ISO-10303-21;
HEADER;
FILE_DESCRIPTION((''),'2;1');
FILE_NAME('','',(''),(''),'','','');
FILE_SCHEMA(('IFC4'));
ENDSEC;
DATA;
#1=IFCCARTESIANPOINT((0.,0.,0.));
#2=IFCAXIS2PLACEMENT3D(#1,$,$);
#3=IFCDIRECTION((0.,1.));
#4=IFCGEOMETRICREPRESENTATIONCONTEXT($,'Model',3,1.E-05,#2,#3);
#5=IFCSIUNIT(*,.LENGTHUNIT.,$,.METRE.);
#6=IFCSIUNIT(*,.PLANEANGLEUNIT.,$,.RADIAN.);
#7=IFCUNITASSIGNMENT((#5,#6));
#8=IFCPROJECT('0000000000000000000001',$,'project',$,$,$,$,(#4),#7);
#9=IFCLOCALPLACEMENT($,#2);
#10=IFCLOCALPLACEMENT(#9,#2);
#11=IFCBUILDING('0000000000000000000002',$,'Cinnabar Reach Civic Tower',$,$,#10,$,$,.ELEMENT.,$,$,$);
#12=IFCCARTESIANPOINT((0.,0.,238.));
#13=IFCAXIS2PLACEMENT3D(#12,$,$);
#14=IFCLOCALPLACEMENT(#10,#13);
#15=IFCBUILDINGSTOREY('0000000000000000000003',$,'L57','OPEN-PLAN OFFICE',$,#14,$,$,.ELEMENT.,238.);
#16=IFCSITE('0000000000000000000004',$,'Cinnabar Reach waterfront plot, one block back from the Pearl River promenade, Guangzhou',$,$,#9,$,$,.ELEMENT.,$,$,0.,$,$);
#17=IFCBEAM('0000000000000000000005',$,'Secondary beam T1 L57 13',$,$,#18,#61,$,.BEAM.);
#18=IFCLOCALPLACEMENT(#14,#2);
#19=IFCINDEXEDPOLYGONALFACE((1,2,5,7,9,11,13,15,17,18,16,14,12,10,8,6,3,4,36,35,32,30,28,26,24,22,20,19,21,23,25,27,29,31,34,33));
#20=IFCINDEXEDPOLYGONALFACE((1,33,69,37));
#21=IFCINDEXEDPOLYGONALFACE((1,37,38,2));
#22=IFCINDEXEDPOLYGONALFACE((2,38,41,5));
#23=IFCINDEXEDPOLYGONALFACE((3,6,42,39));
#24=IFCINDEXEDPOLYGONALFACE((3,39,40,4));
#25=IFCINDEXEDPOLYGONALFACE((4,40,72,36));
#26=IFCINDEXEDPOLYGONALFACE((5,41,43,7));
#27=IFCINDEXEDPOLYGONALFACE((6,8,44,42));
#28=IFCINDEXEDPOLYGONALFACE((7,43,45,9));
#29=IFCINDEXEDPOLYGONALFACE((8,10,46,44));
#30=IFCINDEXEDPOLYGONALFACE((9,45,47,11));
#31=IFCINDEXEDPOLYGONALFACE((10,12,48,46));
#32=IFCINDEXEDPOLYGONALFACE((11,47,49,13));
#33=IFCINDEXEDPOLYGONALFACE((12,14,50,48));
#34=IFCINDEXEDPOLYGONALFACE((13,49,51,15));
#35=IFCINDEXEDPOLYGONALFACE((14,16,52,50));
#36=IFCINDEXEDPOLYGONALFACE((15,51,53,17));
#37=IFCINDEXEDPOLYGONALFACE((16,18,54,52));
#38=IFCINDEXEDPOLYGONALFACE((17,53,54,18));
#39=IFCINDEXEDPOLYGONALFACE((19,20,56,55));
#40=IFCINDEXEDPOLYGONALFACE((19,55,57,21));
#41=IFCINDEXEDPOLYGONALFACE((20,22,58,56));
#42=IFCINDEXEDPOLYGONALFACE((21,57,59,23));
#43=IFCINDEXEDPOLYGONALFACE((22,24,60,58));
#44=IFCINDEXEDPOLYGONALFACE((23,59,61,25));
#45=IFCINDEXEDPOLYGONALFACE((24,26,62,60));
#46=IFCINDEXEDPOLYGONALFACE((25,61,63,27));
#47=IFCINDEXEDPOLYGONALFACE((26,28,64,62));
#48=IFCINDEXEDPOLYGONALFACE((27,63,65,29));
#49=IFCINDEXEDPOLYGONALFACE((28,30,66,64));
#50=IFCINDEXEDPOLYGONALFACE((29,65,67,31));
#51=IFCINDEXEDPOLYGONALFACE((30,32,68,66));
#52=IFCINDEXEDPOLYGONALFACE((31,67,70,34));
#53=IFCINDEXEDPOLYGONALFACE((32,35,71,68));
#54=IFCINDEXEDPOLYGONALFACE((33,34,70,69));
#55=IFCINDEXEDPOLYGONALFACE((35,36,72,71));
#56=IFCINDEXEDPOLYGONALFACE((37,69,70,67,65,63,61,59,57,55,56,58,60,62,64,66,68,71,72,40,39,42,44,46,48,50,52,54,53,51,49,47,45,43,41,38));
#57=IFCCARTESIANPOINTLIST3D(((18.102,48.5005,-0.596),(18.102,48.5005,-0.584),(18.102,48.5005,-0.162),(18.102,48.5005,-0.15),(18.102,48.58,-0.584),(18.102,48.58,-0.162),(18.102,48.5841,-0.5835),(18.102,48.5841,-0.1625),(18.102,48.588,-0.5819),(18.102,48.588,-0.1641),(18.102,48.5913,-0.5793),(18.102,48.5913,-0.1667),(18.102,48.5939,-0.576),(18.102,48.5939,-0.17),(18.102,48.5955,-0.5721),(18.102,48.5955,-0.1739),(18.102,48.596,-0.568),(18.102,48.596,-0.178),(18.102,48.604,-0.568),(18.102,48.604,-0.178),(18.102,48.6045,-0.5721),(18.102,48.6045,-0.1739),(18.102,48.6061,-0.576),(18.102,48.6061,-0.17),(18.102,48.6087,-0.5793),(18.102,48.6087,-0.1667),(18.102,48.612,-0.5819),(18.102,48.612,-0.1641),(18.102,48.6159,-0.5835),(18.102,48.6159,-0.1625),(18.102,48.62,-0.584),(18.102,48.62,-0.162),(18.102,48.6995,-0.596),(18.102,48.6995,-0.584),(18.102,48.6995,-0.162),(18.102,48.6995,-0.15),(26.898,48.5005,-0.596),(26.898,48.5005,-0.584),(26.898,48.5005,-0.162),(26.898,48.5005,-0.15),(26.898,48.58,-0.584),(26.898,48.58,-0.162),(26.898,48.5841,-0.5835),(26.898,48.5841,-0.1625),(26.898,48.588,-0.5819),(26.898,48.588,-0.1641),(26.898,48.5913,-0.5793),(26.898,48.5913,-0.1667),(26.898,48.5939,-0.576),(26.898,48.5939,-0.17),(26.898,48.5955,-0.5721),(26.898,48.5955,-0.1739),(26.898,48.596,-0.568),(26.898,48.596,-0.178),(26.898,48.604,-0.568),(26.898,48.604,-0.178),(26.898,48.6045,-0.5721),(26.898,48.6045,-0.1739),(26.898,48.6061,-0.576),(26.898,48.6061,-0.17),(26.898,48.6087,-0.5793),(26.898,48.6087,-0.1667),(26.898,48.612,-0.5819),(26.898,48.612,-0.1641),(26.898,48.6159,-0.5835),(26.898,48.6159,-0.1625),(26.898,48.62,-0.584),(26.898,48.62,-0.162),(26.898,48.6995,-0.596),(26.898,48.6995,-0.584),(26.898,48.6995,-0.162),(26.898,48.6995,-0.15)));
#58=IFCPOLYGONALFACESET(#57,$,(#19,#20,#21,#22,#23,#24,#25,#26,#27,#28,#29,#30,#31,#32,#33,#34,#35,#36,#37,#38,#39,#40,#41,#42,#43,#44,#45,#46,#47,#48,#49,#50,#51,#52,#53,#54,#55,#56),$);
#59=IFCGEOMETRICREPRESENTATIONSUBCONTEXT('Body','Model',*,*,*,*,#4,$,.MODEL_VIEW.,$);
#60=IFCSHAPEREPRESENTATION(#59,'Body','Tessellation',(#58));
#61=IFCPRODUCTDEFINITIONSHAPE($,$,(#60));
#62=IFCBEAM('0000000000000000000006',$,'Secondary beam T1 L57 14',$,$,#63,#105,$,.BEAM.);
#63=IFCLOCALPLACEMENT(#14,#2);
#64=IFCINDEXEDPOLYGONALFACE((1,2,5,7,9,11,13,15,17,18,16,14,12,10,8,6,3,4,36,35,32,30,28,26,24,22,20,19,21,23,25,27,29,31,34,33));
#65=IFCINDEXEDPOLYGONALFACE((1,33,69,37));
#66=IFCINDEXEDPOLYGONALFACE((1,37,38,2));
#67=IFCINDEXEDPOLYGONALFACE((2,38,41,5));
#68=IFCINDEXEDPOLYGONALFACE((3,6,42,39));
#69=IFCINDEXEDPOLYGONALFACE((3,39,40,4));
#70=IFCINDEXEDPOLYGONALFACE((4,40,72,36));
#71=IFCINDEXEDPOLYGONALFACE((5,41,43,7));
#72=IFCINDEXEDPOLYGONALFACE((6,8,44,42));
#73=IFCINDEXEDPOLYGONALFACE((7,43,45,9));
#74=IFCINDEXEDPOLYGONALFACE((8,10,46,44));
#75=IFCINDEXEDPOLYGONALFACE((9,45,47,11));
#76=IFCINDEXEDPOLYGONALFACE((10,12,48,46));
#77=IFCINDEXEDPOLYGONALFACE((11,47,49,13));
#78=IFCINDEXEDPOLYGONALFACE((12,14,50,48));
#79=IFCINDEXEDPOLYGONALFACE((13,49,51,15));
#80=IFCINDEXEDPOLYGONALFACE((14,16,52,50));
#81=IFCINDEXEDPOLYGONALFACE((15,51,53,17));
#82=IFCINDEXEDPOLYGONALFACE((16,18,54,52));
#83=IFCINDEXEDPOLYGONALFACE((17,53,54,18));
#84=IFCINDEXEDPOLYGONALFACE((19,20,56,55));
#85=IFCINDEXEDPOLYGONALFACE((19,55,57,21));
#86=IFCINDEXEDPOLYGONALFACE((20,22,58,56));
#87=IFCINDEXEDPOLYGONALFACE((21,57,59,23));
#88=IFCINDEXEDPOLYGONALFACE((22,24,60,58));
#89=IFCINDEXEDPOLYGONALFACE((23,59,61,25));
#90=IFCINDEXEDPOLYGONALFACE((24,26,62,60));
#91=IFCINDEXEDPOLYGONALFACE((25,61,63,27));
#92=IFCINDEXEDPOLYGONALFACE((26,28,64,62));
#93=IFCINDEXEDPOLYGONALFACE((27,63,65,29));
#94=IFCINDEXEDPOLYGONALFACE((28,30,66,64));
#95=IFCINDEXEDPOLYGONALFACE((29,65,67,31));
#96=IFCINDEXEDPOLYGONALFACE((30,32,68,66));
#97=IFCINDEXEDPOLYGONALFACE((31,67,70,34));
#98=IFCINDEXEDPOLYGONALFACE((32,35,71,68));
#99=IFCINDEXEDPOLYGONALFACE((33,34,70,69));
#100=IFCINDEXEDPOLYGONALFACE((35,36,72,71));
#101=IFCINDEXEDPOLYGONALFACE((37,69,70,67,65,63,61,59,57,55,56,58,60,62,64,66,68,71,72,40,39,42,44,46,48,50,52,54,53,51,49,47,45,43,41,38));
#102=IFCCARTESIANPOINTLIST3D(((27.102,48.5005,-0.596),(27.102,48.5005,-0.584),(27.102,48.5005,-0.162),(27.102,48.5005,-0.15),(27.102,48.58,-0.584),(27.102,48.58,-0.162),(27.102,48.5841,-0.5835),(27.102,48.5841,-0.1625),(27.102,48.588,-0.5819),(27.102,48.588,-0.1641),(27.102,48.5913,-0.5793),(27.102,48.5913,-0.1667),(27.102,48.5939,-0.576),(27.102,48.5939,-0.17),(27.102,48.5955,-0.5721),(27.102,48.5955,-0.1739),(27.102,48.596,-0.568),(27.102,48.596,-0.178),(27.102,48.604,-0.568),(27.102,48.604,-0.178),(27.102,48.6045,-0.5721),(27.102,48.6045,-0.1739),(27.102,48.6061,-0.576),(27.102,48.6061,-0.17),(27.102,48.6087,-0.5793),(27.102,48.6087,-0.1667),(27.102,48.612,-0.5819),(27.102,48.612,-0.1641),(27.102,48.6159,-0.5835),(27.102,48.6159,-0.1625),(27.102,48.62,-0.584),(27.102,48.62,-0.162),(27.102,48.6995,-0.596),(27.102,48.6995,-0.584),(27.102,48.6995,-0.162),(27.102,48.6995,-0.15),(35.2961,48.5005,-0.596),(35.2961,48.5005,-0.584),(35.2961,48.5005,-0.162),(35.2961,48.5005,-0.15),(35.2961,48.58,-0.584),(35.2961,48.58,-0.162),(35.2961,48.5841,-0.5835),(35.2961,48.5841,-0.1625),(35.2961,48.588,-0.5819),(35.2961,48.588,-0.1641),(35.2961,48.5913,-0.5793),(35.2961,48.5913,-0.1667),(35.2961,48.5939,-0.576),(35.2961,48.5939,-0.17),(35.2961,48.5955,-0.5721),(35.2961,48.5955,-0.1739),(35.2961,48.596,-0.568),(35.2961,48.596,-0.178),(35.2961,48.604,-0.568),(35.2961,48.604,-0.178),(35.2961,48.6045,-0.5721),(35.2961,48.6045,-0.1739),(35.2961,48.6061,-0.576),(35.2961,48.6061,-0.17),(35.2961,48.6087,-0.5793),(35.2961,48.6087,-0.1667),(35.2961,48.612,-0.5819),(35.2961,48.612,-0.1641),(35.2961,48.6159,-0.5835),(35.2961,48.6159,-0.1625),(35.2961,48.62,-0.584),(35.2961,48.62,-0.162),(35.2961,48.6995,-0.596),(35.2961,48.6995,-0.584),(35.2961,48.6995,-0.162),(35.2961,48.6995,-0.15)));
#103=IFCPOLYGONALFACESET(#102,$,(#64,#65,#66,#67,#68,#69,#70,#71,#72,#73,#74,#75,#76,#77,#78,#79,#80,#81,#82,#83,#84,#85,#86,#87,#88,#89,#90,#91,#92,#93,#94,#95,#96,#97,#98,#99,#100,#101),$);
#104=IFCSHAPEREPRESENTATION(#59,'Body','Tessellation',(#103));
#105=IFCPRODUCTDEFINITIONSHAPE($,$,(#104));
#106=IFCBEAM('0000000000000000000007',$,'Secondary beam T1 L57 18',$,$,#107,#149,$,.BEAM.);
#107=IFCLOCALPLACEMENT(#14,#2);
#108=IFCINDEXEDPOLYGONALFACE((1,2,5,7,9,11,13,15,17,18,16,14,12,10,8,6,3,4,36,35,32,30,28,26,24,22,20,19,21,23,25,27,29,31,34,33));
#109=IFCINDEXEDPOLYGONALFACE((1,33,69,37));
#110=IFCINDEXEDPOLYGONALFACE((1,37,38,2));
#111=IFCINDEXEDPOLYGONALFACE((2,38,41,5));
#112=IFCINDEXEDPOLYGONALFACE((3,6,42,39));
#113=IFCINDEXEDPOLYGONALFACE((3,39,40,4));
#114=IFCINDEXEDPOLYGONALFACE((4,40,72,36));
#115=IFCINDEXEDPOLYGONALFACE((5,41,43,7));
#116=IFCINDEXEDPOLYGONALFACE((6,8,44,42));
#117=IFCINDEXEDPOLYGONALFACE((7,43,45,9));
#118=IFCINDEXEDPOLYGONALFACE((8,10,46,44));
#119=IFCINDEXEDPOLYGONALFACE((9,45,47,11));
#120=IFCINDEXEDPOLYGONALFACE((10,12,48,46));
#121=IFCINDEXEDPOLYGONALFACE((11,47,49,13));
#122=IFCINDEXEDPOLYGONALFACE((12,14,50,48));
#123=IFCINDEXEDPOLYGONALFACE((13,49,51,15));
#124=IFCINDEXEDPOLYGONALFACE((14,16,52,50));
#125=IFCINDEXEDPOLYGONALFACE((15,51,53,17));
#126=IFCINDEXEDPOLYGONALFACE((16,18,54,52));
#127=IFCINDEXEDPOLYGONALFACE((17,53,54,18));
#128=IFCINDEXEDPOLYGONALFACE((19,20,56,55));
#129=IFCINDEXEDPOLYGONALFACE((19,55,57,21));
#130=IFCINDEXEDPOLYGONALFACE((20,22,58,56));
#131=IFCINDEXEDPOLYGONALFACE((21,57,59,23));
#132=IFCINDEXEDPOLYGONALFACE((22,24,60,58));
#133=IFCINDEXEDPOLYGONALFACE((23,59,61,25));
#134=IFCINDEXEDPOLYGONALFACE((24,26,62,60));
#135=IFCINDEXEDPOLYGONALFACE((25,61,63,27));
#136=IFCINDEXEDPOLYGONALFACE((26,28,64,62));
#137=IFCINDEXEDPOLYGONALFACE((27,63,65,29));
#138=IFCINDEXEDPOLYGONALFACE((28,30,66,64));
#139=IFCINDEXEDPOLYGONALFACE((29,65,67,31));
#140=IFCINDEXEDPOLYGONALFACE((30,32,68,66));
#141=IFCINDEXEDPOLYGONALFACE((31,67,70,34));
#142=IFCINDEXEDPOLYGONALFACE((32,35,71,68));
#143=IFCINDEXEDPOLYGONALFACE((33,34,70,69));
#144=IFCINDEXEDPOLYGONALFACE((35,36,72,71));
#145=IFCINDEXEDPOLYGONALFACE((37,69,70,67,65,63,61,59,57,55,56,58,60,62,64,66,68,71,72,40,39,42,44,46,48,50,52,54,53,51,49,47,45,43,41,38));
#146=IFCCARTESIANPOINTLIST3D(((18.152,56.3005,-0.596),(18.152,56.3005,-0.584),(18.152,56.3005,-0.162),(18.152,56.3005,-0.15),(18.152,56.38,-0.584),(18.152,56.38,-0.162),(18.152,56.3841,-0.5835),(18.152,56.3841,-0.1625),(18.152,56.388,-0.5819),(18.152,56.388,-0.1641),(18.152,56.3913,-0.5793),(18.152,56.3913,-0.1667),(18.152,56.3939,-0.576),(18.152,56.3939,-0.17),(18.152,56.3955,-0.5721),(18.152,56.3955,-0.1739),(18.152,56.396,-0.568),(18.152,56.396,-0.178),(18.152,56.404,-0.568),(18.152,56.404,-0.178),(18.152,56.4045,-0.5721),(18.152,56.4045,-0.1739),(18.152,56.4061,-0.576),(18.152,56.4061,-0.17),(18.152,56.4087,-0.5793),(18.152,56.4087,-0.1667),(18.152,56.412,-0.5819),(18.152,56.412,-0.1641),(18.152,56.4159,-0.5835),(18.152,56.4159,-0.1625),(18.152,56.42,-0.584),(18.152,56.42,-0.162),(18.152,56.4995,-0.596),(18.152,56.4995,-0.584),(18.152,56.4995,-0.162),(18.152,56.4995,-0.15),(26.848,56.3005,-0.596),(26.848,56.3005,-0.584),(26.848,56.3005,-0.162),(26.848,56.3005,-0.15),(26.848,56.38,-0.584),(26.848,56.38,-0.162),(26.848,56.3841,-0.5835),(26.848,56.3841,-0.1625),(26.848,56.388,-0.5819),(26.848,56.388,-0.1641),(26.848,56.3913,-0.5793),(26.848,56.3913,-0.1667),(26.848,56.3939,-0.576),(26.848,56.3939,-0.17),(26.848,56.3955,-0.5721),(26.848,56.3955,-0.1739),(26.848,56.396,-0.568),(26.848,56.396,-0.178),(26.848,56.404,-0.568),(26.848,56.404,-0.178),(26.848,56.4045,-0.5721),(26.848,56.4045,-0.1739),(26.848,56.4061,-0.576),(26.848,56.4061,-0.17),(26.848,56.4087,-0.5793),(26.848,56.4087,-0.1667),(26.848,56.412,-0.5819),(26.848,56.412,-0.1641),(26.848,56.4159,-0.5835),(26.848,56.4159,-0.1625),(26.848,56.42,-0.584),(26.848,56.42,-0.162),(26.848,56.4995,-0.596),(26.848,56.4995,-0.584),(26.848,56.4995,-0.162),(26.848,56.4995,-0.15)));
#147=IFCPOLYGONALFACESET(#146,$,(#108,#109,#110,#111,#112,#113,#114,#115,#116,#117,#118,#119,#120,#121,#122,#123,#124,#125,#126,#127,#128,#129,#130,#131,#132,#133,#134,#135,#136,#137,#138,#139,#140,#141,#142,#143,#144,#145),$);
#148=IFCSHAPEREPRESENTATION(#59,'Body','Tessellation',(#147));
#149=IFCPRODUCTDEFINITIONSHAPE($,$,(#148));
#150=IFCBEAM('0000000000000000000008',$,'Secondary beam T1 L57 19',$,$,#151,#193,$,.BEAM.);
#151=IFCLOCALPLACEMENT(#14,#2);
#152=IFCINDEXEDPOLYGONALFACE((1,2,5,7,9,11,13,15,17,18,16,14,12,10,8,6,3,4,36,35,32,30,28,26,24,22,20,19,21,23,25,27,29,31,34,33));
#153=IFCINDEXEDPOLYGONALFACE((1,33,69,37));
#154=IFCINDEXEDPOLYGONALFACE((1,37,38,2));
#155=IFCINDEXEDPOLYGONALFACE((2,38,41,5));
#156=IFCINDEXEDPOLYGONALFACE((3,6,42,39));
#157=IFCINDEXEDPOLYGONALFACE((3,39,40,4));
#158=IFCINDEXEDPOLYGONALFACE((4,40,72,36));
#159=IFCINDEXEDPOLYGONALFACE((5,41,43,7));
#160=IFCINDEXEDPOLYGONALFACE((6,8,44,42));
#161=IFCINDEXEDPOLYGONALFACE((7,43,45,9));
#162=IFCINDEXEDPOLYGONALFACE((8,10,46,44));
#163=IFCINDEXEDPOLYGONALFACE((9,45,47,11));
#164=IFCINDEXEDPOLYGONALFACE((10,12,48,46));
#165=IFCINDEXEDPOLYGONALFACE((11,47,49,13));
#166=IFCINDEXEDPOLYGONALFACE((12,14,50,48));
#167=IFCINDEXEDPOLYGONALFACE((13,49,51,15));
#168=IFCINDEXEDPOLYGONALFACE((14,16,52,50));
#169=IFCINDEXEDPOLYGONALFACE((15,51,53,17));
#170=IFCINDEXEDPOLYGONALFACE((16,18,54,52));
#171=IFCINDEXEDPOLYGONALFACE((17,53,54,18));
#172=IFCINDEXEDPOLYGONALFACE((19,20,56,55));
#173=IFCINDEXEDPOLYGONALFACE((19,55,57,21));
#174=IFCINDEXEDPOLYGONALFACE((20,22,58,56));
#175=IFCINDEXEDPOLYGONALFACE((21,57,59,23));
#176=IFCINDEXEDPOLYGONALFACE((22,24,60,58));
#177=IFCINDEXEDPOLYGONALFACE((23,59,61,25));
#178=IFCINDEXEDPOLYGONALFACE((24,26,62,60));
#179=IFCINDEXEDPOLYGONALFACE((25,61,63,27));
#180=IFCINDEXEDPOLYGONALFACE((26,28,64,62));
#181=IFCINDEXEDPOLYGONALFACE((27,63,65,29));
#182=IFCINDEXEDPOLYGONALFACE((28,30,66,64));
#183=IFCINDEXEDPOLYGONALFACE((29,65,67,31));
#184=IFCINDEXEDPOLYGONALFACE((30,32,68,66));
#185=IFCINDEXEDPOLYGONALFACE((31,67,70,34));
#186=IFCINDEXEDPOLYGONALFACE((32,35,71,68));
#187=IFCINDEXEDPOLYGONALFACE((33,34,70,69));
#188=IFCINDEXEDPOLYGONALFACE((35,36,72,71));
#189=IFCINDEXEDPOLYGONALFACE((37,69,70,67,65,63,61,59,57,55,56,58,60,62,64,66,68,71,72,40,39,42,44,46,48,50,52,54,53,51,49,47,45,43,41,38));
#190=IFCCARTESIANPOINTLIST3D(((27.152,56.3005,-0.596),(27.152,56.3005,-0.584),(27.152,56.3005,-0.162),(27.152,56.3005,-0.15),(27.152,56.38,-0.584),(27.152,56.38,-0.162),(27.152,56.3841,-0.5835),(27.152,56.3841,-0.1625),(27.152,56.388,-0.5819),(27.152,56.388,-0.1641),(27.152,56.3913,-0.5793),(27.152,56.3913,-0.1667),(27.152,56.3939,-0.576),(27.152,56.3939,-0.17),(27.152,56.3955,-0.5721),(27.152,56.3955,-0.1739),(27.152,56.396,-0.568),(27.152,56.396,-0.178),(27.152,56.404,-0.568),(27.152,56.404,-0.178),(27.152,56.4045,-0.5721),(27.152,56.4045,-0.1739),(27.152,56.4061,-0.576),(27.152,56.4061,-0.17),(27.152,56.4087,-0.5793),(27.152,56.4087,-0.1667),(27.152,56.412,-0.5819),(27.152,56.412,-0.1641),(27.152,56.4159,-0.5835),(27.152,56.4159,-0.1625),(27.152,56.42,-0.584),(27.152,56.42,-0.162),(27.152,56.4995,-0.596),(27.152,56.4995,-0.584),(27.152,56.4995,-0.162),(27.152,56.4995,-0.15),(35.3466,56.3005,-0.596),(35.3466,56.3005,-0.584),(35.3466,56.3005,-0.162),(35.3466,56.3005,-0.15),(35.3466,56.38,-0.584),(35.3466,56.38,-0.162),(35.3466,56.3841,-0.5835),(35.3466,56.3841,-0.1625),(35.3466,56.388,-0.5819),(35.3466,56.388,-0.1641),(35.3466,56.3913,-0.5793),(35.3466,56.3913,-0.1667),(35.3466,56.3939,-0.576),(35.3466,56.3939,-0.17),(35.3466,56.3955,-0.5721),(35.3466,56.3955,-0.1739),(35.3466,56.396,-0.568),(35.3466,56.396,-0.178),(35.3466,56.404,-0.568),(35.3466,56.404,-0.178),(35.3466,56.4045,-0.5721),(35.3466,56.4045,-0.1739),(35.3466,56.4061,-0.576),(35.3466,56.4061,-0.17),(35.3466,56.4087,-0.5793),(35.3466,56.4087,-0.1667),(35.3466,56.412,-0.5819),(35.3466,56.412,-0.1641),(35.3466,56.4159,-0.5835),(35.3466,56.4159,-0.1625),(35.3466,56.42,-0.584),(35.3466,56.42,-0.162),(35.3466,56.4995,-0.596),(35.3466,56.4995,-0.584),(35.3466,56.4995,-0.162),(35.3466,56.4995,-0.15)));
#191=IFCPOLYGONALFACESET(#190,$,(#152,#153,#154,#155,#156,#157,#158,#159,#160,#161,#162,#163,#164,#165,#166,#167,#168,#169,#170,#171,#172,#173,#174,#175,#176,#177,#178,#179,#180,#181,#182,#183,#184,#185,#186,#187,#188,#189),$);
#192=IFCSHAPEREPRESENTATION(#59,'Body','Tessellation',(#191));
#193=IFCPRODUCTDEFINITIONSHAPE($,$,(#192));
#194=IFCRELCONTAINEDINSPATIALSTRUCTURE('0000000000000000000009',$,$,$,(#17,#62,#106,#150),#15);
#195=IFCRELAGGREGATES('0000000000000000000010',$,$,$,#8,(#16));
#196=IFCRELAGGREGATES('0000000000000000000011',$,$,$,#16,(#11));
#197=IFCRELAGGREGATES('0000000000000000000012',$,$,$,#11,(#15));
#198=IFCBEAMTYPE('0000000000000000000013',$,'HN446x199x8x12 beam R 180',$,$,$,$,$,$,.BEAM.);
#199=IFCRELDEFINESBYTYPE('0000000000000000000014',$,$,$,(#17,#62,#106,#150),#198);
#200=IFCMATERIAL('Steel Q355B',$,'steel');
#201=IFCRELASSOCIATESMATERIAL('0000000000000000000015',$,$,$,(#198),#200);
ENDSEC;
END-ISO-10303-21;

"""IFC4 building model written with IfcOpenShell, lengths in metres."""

from ifc_helpers import new_model, si_unit, direction, frame, origin, origin_2d, place, context, subcontext, project, spatial, i_section, extrude, material, material_profile, profile_set, type_object, element, save


model = new_model("IFC4")

# Units and contexts
model_context = context("Model", 3, precision=1e-05, world=origin(), true_north=direction((0.0, 1.0)))
body_context = subcontext(model_context, "Body", "Model", "MODEL_VIEW")
ifc_project = project(units=[si_unit("LENGTHUNIT", "METRE"), si_unit("PLANEANGLEUNIT", "RADIAN")], contexts=[model_context])

# Site, building, storey
site_placement = place(None, origin())
site = spatial("IfcSite", under=ifc_project, at=site_placement, Name="Cinnabar Reach waterfront plot, one block back from the Pearl River promenade, Guangzhou", CompositionType="ELEMENT", RefElevation=0.0)
building_placement = place(site_placement, origin())
building = spatial("IfcBuilding", under=site, at=building_placement, Name="Cinnabar Reach Civic Tower", CompositionType="ELEMENT")
storey_placement = place(building_placement, frame((0.0, 0.0, 238.0)))
storey = spatial("IfcBuildingStorey", under=building, at=storey_placement, Name="L57", Description="OPEN-PLAN OFFICE", CompositionType="ELEMENT", Elevation=238.0)

# Beams
ifc_material_1 = material(Name="Steel Q355B", Category="steel")
ifc_material_profile_1 = material_profile(ifc_material_1, i_section(OverallWidth=0.199, OverallDepth=0.446, WebThickness=0.008, FlangeThickness=0.012, FilletRadius=0.016, at=origin_2d()), Name="HN446x199x8x12")
ifc_profile_set_1 = profile_set([ifc_material_profile_1], Name="Steel Q355B")
beam_type_1 = type_object("IfcBeamType", Name="HN446x199x8x12 beam R 180", PredefinedType="BEAM", material=ifc_profile_set_1)
beam_1_placement = place(storey_placement, frame((18.102, 48.6, -0.373), z_axis=(1.0, 0.0, 0.0), x_axis=(0.0, 1.0, 0.0)))
element("IfcBeam", 1, at=beam_1_placement, inside=storey, type_object=beam_type_1, Name="Secondary beam T1 L57 13", PredefinedType="BEAM", context=body_context, shape_type="SweptSolid", body=[
    extrude(i_section(OverallWidth=0.199, OverallDepth=0.446, WebThickness=0.008, FlangeThickness=0.012, FilletRadius=0.016, at=origin_2d()), origin(), (0.0, 0.0, 1.0), 8.796),
])
beam_2_placement = place(storey_placement, frame((27.102, 48.6, -0.373), z_axis=(1.0, 0.0, 0.0), x_axis=(0.0, 1.0, 0.0)))
element("IfcBeam", 2, at=beam_2_placement, inside=storey, type_object=beam_type_1, Name="Secondary beam T1 L57 14", PredefinedType="BEAM", context=body_context, shape_type="SweptSolid", body=[
    extrude(i_section(OverallWidth=0.199, OverallDepth=0.446, WebThickness=0.008, FlangeThickness=0.012, FilletRadius=0.016, at=origin_2d()), origin(), (0.0, 0.0, 1.0), 8.1941),
])
beam_3_placement = place(storey_placement, frame((18.152, 56.4, -0.373), z_axis=(1.0, 0.0, 0.0), x_axis=(0.0, 1.0, 0.0)))
element("IfcBeam", 3, at=beam_3_placement, inside=storey, type_object=beam_type_1, Name="Secondary beam T1 L57 18", PredefinedType="BEAM", context=body_context, shape_type="SweptSolid", body=[
    extrude(i_section(OverallWidth=0.199, OverallDepth=0.446, WebThickness=0.008, FlangeThickness=0.012, FilletRadius=0.016, at=origin_2d()), origin(), (0.0, 0.0, 1.0), 8.696),
])
beam_4_placement = place(storey_placement, frame((27.152, 56.4, -0.373), z_axis=(1.0, 0.0, 0.0), x_axis=(0.0, 1.0, 0.0)))
element("IfcBeam", 4, at=beam_4_placement, inside=storey, type_object=beam_type_1, Name="Secondary beam T1 L57 19", PredefinedType="BEAM", context=body_context, shape_type="SweptSolid", body=[
    extrude(i_section(OverallWidth=0.199, OverallDepth=0.446, WebThickness=0.008, FlangeThickness=0.012, FilletRadius=0.016, at=origin_2d()), origin(), (0.0, 0.0, 1.0), 8.1946),
])

save(model, "model.ifc")
